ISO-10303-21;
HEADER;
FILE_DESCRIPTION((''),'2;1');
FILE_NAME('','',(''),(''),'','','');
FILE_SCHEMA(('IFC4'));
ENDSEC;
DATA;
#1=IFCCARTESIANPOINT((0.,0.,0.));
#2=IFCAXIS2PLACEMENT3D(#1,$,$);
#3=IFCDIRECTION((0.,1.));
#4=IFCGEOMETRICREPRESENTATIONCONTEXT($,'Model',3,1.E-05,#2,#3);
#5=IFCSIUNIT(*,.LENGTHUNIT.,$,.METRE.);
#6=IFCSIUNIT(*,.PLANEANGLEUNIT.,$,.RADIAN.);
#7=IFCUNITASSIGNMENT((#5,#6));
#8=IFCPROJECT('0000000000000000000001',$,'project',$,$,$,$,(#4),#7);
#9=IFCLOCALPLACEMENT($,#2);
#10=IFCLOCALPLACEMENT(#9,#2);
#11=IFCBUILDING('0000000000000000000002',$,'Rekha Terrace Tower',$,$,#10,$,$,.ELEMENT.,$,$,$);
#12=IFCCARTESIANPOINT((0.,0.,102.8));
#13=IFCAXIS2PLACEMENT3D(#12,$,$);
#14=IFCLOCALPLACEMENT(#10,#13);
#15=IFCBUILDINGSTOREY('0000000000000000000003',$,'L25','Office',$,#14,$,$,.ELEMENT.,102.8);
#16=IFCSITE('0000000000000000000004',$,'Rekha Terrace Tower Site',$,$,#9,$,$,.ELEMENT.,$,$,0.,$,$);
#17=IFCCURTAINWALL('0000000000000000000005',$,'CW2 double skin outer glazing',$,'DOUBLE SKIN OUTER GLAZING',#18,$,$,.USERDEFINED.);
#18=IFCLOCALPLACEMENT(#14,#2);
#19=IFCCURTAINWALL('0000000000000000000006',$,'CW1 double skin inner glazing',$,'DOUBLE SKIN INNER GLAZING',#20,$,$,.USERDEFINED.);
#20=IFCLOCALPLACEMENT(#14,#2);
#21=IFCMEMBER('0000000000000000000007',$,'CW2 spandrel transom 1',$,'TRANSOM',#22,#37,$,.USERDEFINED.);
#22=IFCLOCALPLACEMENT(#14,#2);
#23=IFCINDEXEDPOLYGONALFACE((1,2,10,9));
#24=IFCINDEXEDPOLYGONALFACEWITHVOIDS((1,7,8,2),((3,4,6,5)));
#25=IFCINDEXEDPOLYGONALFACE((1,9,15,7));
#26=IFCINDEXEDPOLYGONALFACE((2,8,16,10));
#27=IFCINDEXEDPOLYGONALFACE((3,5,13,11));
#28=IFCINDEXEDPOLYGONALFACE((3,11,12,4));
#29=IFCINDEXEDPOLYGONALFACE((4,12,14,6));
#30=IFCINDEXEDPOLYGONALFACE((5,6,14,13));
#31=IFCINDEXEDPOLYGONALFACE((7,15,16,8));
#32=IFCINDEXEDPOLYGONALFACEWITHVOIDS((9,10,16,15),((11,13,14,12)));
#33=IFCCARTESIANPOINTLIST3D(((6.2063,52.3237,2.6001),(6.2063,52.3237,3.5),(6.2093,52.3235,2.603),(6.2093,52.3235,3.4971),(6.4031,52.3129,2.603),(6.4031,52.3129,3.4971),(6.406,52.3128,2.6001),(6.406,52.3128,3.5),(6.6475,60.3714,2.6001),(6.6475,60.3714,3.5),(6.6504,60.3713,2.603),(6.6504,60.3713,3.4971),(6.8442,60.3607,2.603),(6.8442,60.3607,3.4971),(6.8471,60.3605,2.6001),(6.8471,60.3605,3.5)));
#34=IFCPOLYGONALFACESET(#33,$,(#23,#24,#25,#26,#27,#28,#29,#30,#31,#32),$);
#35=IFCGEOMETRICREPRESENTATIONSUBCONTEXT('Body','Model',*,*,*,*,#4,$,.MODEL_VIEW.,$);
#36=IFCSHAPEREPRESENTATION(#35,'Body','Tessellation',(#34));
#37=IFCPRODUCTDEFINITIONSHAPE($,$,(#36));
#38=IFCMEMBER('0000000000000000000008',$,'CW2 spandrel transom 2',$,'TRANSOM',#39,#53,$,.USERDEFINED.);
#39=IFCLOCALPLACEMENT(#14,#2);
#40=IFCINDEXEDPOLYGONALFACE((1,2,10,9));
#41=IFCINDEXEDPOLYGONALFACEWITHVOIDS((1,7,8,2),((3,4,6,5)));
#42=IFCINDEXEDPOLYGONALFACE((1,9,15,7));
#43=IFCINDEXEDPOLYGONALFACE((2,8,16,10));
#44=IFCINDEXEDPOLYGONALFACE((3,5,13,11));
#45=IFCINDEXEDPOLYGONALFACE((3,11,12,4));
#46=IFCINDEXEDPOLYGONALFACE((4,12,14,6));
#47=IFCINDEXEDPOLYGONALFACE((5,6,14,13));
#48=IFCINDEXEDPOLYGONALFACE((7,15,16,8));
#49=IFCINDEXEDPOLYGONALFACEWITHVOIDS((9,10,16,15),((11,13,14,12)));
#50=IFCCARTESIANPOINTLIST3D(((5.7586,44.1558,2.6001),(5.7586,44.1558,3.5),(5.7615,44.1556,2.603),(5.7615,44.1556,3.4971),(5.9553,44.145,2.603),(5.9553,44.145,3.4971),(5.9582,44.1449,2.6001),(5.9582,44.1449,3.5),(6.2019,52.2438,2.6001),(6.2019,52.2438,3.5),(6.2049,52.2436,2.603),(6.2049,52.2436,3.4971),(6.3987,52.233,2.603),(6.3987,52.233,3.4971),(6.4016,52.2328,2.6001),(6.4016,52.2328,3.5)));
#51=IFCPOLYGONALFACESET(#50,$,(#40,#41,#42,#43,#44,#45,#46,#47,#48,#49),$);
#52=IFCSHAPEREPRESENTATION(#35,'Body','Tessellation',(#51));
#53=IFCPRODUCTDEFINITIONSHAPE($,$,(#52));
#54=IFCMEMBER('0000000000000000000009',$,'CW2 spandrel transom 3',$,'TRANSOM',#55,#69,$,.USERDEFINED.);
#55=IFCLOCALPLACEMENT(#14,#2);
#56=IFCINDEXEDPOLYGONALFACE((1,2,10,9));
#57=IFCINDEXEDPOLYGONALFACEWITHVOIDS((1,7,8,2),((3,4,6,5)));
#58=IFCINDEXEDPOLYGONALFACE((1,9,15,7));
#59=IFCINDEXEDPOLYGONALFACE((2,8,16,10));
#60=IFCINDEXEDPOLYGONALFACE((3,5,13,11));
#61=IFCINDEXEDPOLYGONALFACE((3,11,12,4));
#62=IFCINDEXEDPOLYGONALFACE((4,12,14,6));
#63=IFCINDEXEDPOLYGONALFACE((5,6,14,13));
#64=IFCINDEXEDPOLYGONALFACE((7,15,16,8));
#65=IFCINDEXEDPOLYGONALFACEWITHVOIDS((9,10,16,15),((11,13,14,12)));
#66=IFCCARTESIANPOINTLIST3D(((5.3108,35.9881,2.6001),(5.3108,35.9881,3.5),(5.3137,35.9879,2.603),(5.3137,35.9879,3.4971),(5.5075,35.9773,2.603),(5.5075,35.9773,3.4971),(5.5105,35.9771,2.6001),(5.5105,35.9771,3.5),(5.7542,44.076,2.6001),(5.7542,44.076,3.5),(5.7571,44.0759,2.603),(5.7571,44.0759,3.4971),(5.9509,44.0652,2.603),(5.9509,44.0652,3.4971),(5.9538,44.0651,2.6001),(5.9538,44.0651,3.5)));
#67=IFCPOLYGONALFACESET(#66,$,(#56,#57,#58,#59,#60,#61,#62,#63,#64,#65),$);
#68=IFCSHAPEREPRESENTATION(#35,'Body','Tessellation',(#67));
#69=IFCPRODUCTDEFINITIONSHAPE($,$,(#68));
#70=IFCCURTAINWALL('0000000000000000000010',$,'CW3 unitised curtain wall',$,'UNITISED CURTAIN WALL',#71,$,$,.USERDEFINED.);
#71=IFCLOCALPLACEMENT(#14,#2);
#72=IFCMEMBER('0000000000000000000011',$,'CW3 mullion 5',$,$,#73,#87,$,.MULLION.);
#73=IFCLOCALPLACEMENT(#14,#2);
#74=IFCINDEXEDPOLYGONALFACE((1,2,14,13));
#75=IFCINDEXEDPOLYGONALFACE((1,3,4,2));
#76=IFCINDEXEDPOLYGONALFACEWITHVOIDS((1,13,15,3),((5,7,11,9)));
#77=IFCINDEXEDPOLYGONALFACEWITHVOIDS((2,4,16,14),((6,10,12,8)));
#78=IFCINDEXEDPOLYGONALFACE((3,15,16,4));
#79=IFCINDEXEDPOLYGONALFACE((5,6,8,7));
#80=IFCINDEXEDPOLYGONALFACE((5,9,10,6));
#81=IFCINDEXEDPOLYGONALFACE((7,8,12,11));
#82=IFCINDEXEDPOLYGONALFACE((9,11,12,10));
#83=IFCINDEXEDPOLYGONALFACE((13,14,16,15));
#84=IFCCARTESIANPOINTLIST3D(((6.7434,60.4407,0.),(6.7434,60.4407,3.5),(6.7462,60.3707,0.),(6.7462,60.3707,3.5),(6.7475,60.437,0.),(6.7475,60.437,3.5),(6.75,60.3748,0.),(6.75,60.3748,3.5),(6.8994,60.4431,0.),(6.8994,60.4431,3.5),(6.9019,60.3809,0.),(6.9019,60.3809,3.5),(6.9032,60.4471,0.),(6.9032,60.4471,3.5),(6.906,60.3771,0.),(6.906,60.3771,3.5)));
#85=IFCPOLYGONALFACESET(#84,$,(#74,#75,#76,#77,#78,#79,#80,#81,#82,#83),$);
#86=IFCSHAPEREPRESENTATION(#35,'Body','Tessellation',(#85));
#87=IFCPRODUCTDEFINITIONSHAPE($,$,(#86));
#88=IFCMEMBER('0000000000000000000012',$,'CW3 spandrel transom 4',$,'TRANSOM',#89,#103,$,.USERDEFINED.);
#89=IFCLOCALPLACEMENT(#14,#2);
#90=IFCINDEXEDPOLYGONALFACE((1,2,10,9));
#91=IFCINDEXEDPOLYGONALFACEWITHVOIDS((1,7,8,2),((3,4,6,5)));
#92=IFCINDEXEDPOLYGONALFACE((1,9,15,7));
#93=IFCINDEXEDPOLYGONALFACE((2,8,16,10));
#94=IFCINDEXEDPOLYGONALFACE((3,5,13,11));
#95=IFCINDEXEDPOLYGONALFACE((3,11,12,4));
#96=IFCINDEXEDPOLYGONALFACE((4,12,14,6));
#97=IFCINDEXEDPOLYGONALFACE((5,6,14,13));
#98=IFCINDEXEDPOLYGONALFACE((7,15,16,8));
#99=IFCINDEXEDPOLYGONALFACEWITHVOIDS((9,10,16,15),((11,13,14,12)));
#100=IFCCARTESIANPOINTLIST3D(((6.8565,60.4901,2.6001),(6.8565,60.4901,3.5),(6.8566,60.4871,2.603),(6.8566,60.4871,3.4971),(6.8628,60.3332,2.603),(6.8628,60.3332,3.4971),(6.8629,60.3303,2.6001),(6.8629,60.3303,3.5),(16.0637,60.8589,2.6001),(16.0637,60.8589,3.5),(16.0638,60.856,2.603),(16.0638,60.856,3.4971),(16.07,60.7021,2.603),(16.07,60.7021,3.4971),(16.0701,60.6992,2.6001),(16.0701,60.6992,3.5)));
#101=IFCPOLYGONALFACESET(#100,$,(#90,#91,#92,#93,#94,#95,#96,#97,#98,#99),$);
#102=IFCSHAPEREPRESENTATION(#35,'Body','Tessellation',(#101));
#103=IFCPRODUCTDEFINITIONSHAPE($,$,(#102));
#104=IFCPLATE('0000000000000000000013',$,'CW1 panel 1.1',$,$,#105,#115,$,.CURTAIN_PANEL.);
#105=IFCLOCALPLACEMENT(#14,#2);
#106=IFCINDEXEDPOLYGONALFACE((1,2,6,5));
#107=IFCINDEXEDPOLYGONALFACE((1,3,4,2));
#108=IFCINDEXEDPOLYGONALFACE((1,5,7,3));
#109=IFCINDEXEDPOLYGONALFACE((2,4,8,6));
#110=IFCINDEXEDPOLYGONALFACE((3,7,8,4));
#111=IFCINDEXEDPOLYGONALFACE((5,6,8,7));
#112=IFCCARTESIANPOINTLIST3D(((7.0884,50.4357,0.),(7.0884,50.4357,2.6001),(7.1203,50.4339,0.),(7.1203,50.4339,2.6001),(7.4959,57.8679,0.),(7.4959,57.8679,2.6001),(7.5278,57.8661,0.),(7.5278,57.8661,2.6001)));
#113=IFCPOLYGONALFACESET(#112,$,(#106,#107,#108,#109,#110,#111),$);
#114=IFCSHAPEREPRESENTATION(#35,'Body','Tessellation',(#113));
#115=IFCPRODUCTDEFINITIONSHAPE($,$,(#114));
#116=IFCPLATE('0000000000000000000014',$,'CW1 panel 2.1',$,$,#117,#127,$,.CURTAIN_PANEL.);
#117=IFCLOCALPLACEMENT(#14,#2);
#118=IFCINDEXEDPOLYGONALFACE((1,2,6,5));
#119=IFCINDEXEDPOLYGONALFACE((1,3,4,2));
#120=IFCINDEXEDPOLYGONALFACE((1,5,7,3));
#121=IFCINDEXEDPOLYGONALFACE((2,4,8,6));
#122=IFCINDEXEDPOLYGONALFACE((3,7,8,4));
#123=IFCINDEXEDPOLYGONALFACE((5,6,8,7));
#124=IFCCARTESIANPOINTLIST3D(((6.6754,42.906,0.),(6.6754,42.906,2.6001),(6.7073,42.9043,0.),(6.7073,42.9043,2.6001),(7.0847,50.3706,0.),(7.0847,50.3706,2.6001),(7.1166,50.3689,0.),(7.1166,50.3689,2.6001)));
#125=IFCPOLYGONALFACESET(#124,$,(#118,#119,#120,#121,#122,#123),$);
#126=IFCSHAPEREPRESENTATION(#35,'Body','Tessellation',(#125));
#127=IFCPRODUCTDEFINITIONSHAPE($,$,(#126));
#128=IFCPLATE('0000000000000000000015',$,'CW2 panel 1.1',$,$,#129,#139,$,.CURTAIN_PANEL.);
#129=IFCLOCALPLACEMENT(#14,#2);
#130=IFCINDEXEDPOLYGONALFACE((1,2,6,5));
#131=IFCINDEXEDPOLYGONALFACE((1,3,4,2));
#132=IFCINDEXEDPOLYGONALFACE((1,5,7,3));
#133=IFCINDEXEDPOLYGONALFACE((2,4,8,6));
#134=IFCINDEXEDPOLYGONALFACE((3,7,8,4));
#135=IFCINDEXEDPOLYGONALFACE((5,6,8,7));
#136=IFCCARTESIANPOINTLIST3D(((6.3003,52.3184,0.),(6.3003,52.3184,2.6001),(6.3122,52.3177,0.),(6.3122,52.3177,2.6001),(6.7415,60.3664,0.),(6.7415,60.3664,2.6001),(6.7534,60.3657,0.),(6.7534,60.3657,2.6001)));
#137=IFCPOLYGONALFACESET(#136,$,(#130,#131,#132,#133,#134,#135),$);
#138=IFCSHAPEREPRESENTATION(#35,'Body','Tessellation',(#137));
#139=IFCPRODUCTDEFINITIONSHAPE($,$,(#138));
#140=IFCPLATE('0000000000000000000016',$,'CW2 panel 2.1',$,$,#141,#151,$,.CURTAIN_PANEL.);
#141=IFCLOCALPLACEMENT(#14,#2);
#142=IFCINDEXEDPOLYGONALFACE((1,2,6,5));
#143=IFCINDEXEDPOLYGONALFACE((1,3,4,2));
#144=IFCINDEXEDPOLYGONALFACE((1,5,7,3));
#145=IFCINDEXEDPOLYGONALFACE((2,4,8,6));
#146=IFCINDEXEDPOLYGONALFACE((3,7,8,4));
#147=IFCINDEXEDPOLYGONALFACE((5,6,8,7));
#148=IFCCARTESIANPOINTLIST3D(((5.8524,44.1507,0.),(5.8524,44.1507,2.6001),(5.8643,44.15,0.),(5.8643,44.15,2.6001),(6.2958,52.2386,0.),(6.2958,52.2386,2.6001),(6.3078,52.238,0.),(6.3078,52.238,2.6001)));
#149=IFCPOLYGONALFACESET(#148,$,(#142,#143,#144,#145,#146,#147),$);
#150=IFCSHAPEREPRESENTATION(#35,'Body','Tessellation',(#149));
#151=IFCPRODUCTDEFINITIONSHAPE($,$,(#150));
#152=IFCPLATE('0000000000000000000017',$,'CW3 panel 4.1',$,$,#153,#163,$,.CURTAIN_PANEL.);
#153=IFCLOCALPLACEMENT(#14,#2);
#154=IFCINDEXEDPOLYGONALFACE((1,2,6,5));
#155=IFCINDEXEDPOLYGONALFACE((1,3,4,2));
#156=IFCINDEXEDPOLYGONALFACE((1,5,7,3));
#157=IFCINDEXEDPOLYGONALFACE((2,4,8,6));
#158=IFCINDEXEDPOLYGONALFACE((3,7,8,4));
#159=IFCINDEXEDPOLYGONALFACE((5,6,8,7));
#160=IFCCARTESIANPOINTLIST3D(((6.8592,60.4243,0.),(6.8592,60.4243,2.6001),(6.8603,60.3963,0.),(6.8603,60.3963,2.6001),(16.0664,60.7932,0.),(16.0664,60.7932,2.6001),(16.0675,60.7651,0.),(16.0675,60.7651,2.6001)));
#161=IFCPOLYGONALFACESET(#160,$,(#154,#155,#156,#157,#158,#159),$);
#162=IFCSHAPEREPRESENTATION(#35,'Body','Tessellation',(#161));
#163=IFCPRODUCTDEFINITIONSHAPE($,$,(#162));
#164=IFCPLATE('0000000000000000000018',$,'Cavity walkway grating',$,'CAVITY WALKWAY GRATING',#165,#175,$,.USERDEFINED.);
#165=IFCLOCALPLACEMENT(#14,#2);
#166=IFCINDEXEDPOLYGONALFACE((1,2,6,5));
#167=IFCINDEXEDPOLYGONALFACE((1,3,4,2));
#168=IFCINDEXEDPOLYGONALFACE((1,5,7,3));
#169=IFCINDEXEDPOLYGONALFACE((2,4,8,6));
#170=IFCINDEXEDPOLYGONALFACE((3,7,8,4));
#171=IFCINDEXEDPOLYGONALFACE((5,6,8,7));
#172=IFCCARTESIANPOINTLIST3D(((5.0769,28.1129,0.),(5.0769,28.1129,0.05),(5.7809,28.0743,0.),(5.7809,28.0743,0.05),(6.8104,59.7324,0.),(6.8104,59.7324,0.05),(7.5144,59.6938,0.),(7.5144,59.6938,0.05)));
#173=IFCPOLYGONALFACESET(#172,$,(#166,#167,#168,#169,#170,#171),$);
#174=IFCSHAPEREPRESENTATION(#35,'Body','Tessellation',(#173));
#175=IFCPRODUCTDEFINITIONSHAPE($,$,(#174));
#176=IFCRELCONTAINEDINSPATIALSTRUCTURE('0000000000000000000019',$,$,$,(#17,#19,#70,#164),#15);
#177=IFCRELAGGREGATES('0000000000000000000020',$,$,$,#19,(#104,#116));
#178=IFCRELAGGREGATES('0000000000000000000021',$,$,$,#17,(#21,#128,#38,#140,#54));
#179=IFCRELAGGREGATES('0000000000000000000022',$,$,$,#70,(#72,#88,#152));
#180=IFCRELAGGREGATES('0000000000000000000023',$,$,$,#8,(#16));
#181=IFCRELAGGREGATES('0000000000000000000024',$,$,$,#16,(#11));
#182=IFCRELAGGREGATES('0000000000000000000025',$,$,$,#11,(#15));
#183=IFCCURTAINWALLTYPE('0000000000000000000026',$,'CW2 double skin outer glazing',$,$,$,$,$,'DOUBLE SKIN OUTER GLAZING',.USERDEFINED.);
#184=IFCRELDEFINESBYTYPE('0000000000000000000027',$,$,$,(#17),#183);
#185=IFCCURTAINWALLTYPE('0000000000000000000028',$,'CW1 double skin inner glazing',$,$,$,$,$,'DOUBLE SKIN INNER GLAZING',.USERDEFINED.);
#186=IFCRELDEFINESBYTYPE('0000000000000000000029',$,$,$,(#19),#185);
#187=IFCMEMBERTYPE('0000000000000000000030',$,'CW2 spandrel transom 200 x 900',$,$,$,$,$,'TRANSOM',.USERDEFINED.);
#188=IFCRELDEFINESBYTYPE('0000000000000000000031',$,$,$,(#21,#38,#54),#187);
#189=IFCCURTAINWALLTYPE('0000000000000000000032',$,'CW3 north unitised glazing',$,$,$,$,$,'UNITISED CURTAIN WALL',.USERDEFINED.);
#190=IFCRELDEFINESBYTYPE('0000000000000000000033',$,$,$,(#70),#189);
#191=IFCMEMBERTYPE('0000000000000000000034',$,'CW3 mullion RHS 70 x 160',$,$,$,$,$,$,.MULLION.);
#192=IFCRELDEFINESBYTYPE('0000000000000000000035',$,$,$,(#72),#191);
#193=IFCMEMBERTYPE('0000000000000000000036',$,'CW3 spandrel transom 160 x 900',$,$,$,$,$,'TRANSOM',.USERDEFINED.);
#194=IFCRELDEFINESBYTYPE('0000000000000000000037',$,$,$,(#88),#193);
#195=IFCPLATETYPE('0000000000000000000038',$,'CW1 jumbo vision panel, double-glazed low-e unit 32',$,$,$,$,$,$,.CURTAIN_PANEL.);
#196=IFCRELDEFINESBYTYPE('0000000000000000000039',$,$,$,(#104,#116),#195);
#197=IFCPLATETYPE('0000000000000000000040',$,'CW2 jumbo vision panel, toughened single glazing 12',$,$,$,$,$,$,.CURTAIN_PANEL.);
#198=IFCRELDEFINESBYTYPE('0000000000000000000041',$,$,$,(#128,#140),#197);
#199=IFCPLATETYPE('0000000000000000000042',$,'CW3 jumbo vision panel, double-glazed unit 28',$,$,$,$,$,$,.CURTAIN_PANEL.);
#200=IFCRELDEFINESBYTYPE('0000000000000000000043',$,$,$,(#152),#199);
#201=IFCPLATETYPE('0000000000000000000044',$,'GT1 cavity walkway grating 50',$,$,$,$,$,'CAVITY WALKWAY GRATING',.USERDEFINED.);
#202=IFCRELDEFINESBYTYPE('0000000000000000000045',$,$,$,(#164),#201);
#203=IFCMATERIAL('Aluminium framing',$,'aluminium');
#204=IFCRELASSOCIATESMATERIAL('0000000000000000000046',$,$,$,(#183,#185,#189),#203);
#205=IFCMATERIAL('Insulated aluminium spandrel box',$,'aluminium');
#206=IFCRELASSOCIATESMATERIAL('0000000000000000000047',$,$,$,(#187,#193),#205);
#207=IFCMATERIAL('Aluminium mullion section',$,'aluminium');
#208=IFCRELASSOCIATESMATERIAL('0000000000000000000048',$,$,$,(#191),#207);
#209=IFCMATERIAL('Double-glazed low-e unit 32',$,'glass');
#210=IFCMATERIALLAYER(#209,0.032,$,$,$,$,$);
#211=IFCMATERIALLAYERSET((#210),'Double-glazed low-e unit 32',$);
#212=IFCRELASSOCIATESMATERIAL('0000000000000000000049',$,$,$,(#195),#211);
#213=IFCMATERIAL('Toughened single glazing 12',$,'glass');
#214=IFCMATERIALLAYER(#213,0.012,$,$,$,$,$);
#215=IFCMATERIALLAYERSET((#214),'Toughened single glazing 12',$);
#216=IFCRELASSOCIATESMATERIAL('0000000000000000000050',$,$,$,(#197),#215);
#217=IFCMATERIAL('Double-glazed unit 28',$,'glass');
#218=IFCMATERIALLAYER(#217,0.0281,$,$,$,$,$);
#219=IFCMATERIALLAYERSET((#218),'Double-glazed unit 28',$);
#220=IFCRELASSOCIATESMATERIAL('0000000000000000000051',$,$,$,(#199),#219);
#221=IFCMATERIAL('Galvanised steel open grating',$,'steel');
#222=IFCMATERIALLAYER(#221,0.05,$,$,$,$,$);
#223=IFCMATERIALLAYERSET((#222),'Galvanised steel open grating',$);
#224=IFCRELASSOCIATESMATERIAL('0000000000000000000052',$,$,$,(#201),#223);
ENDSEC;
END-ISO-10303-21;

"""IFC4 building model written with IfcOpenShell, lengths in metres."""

from ifc_helpers import new_model, si_unit, direction, frame, origin, origin_2d, place, context, subcontext, project, spatial, rectangle, hollow_rectangle, extrude, material, layer, layer_set, material_profile, profile_set, type_object, element, aggregate, save


model = new_model("IFC4")

# Units and contexts
model_context = context("Model", 3, precision=1e-05, world=origin(), true_north=direction((0.0, 1.0)))
body_context = subcontext(model_context, "Body", "Model", "MODEL_VIEW")
ifc_project = project(units=[si_unit("LENGTHUNIT", "METRE"), si_unit("PLANEANGLEUNIT", "RADIAN")], contexts=[model_context])

# Site, building, storey
site_placement = place(None, origin())
site = spatial("IfcSite", under=ifc_project, at=site_placement, Name="Rekha Terrace Tower Site", CompositionType="ELEMENT", RefElevation=0.0)
building_placement = place(site_placement, origin())
building = spatial("IfcBuilding", under=site, at=building_placement, Name="Rekha Terrace Tower", CompositionType="ELEMENT")
storey_placement = place(building_placement, frame((0.0, 0.0, 102.8)))
storey = spatial("IfcBuildingStorey", under=building, at=storey_placement, Name="L25", Description="Office", CompositionType="ELEMENT", Elevation=102.8)

# Curtain walls
ifc_material_1 = material(Name="Aluminium framing", Category="aluminium")
curtain_wall_type_1 = type_object("IfcCurtainWallType", Name="CW2 double skin outer glazing", ElementType="DOUBLE SKIN OUTER GLAZING", PredefinedType="USERDEFINED", material=ifc_material_1)
curtain_wall_1_placement = place(storey_placement, origin())
curtain_wall_1 = element("IfcCurtainWall", 1, at=curtain_wall_1_placement, inside=storey, type_object=curtain_wall_type_1, Name="CW2 double skin outer glazing", ObjectType="DOUBLE SKIN OUTER GLAZING", PredefinedType="USERDEFINED")
curtain_wall_type_2 = type_object("IfcCurtainWallType", Name="CW1 double skin inner glazing", ElementType="DOUBLE SKIN INNER GLAZING", PredefinedType="USERDEFINED", material=ifc_material_1)
curtain_wall_2_placement = place(storey_placement, origin())
curtain_wall_2 = element("IfcCurtainWall", 2, at=curtain_wall_2_placement, inside=storey, type_object=curtain_wall_type_2, Name="CW1 double skin inner glazing", ObjectType="DOUBLE SKIN INNER GLAZING", PredefinedType="USERDEFINED")
ifc_material_2 = material(Name="Aluminium mullion section", Category="aluminium")
ifc_material_3 = material(Name="Insulated aluminium spandrel box", Category="aluminium")

# Members
ifc_material_profile_1 = material_profile(ifc_material_3, hollow_rectangle(XDim=0.2, YDim=0.8999, WallThickness=0.0029, at=origin_2d()), Name="AL SPANDREL BOX 200x900")
ifc_profile_set_1 = profile_set([ifc_material_profile_1], Name="Insulated aluminium spandrel box")
member_type_1 = type_object("IfcMemberType", Name="CW2 spandrel transom 200 x 900", ElementType="TRANSOM", PredefinedType="USERDEFINED", material=ifc_profile_set_1)
member_1_placement = place(storey_placement, frame((6.7473, 60.366, 3.05), z_axis=(-0.054735, -0.998501, 0.0), x_axis=(0.998501, -0.054735, 0.0)))
member_1 = element("IfcMember", 3, at=member_1_placement, type_object=member_type_1, Name="CW2 spandrel transom 1", ObjectType="TRANSOM", PredefinedType="USERDEFINED", context=body_context, shape_type="SweptSolid", body=[
    extrude(hollow_rectangle(XDim=0.2, YDim=0.8999, WallThickness=0.0029, at=origin_2d()), origin(), (0.0, 0.0, 1.0), 8.0598),
])
member_2_placement = place(storey_placement, frame((6.3018, 52.2383, 3.05), z_axis=(-0.054735, -0.998501, 0.0), x_axis=(0.998501, -0.054735, 0.0)))
member_2 = element("IfcMember", 4, at=member_2_placement, type_object=member_type_1, Name="CW2 spandrel transom 2", ObjectType="TRANSOM", PredefinedType="USERDEFINED", context=body_context, shape_type="SweptSolid", body=[
    extrude(hollow_rectangle(XDim=0.2, YDim=0.8999, WallThickness=0.0029, at=origin_2d()), origin(), (0.0, 0.0, 1.0), 8.1001),
])
member_3_placement = place(storey_placement, frame((5.854, 44.0706, 3.05), z_axis=(-0.054735, -0.998501, 0.0), x_axis=(0.998501, -0.054735, 0.0)))
member_3 = element("IfcMember", 5, at=member_3_placement, type_object=member_type_1, Name="CW2 spandrel transom 3", ObjectType="TRANSOM", PredefinedType="USERDEFINED", context=body_context, shape_type="SweptSolid", body=[
    extrude(hollow_rectangle(XDim=0.2, YDim=0.8999, WallThickness=0.0029, at=origin_2d()), origin(), (0.0, 0.0, 1.0), 8.1001),
])

# Curtain wall, members
curtain_wall_type_3 = type_object("IfcCurtainWallType", Name="CW3 north unitised glazing", ElementType="UNITISED CURTAIN WALL", PredefinedType="USERDEFINED", material=ifc_material_1)
curtain_wall_3_placement = place(storey_placement, origin())
curtain_wall_3 = element("IfcCurtainWall", 6, at=curtain_wall_3_placement, inside=storey, type_object=curtain_wall_type_3, Name="CW3 unitised curtain wall", ObjectType="UNITISED CURTAIN WALL", PredefinedType="USERDEFINED")
ifc_material_profile_2 = material_profile(ifc_material_2, hollow_rectangle(XDim=0.0701, YDim=0.1599, WallThickness=0.0039, at=origin_2d()), Name="AL RHS 70x160")
ifc_profile_set_2 = profile_set([ifc_material_profile_2], Name="Aluminium mullion section")
member_type_2 = type_object("IfcMemberType", Name="CW3 mullion RHS 70 x 160", PredefinedType="MULLION", material=ifc_profile_set_2)
member_4_placement = place(storey_placement, frame((6.8247, 60.4089, 0.0), z_axis=(0.0, 0.0, 1.0), x_axis=(0.040032, -0.999198, 0.0)))
member_4 = element("IfcMember", 7, at=member_4_placement, type_object=member_type_2, Name="CW3 mullion 5", PredefinedType="MULLION", context=body_context, shape_type="SweptSolid", body=[
    extrude(hollow_rectangle(XDim=0.0701, YDim=0.1599, WallThickness=0.0039, at=origin_2d()), origin(), (0.0, 0.0, 1.0), 3.5),
])
ifc_material_profile_3 = material_profile(ifc_material_3, hollow_rectangle(XDim=0.1599, YDim=0.8999, WallThickness=0.0029, at=origin_2d()), Name="AL SPANDREL BOX 160x900")
ifc_profile_set_3 = profile_set([ifc_material_profile_3], Name="Insulated aluminium spandrel box")
member_type_3 = type_object("IfcMemberType", Name="CW3 spandrel transom 160 x 900", ElementType="TRANSOM", PredefinedType="USERDEFINED", material=ifc_profile_set_3)
member_5_placement = place(storey_placement, frame((16.0669, 60.7791, 3.05), z_axis=(-0.999198, -0.040034, 0.0), x_axis=(0.040034, -0.999198, 0.0)))
member_5 = element("IfcMember", 8, at=member_5_placement, type_object=member_type_3, Name="CW3 spandrel transom 4", ObjectType="TRANSOM", PredefinedType="USERDEFINED", context=body_context, shape_type="SweptSolid", body=[
    extrude(hollow_rectangle(XDim=0.1599, YDim=0.8999, WallThickness=0.0029, at=origin_2d()), origin(), (0.0, 0.0, 1.0), 9.2146),
])

# Plates
ifc_material_4 = material(Name="Double-glazed low-e unit 32", Category="glass")
ifc_layer_1 = layer(ifc_material_4, 0.032)
ifc_layer_set_1 = layer_set([ifc_layer_1], Name="Double-glazed low-e unit 32")
plate_type_1 = type_object("IfcPlateType", Name="CW1 jumbo vision panel, double-glazed low-e unit 32", PredefinedType="CURTAIN_PANEL", material=ifc_layer_set_1)
plate_1_placement = place(storey_placement, frame((7.3081, 54.1509, 0.0), z_axis=(0.0, 0.0, 1.0), x_axis=(-0.054742, -0.998501, 0.0)))
plate_1 = element("IfcPlate", 9, at=plate_1_placement, type_object=plate_type_1, Name="CW1 panel 1.1", PredefinedType="CURTAIN_PANEL", context=body_context, shape_type="SweptSolid", body=[
    extrude(rectangle(XDim=7.4434, YDim=0.032, at=origin_2d()), origin(), (0.0, 0.0, 1.0), 2.6001),
])
plate_2_placement = place(storey_placement, frame((6.896, 46.6375, 0.0), z_axis=(0.0, 0.0, 1.0), x_axis=(-0.054742, -0.998501, 0.0)))
plate_2 = element("IfcPlate", 10, at=plate_2_placement, type_object=plate_type_1, Name="CW1 panel 2.1", PredefinedType="CURTAIN_PANEL", context=body_context, shape_type="SweptSolid", body=[
    extrude(rectangle(XDim=7.4758, YDim=0.032, at=origin_2d()), origin(), (0.0, 0.0, 1.0), 2.6001),
])
aggregate(curtain_wall_2, [plate_1, plate_2])
ifc_material_5 = material(Name="Toughened single glazing 12", Category="glass")
ifc_layer_2 = layer(ifc_material_5, 0.012)
ifc_layer_set_2 = layer_set([ifc_layer_2], Name="Toughened single glazing 12")
plate_type_2 = type_object("IfcPlateType", Name="CW2 jumbo vision panel, toughened single glazing 12", PredefinedType="CURTAIN_PANEL", material=ifc_layer_set_2)
plate_3_placement = place(storey_placement, frame((6.5269, 56.342, 0.0), z_axis=(0.0, 0.0, 1.0), x_axis=(-0.054742, -0.998501, 0.0)))
plate_3 = element("IfcPlate", 11, at=plate_3_placement, type_object=plate_type_2, Name="CW2 panel 1.1", PredefinedType="CURTAIN_PANEL", context=body_context, shape_type="SweptSolid", body=[
    extrude(rectangle(XDim=8.0601, YDim=0.012, at=origin_2d()), origin(), (0.0, 0.0, 1.0), 2.6001),
])
plate_4_placement = place(storey_placement, frame((6.0801, 48.1943, 0.0), z_axis=(0.0, 0.0, 1.0), x_axis=(-0.054742, -0.998501, 0.0)))
plate_4 = element("IfcPlate", 12, at=plate_4_placement, type_object=plate_type_2, Name="CW2 panel 2.1", PredefinedType="CURTAIN_PANEL", context=body_context, shape_type="SweptSolid", body=[
    extrude(rectangle(XDim=8.1001, YDim=0.012, at=origin_2d()), origin(), (0.0, 0.0, 1.0), 2.6001),
])
aggregate(curtain_wall_1, [member_1, plate_3, member_2, plate_4, member_3])
ifc_material_6 = material(Name="Double-glazed unit 28", Category="glass")
ifc_layer_3 = layer(ifc_material_6, 0.0281)
ifc_layer_set_3 = layer_set([ifc_layer_3], Name="Double-glazed unit 28")
plate_type_3 = type_object("IfcPlateType", Name="CW3 jumbo vision panel, double-glazed unit 28", PredefinedType="CURTAIN_PANEL", material=ifc_layer_set_3)
plate_5_placement = place(storey_placement, frame((11.4634, 60.5947, 0.0), z_axis=(0.0, 0.0, 1.0), x_axis=(-0.999198, -0.040032, 0.0)))
plate_5 = element("IfcPlate", 13, at=plate_5_placement, type_object=plate_type_3, Name="CW3 panel 4.1", PredefinedType="CURTAIN_PANEL", context=body_context, shape_type="SweptSolid", body=[
    extrude(rectangle(XDim=9.2146, YDim=0.0281, at=origin_2d()), origin(), (0.0, 0.0, 1.0), 2.6001),
])
aggregate(curtain_wall_3, [member_4, member_5, plate_5])
ifc_material_7 = material(Name="Galvanised steel open grating", Category="steel")
ifc_layer_4 = layer(ifc_material_7, 0.05)
ifc_layer_set_4 = layer_set([ifc_layer_4], Name="Galvanised steel open grating")
plate_type_4 = type_object("IfcPlateType", Name="GT1 cavity walkway grating 50", ElementType="CAVITY WALKWAY GRATING", PredefinedType="USERDEFINED", material=ifc_layer_set_4)
plate_6_placement = place(storey_placement, frame((6.2957, 43.9033, 0.0), z_axis=(0.0, 0.0, 1.0), x_axis=(-0.054742, -0.998501, 0.0)))
element("IfcPlate", 14, at=plate_6_placement, inside=storey, type_object=plate_type_4, Name="Cavity walkway grating", ObjectType="CAVITY WALKWAY GRATING", PredefinedType="USERDEFINED", context=body_context, shape_type="SweptSolid", body=[
    extrude(rectangle(XDim=31.667, YDim=0.7051, at=origin_2d()), origin(), (0.0, 0.0, 1.0), 0.05),
])

save(model, "model.ifc")
